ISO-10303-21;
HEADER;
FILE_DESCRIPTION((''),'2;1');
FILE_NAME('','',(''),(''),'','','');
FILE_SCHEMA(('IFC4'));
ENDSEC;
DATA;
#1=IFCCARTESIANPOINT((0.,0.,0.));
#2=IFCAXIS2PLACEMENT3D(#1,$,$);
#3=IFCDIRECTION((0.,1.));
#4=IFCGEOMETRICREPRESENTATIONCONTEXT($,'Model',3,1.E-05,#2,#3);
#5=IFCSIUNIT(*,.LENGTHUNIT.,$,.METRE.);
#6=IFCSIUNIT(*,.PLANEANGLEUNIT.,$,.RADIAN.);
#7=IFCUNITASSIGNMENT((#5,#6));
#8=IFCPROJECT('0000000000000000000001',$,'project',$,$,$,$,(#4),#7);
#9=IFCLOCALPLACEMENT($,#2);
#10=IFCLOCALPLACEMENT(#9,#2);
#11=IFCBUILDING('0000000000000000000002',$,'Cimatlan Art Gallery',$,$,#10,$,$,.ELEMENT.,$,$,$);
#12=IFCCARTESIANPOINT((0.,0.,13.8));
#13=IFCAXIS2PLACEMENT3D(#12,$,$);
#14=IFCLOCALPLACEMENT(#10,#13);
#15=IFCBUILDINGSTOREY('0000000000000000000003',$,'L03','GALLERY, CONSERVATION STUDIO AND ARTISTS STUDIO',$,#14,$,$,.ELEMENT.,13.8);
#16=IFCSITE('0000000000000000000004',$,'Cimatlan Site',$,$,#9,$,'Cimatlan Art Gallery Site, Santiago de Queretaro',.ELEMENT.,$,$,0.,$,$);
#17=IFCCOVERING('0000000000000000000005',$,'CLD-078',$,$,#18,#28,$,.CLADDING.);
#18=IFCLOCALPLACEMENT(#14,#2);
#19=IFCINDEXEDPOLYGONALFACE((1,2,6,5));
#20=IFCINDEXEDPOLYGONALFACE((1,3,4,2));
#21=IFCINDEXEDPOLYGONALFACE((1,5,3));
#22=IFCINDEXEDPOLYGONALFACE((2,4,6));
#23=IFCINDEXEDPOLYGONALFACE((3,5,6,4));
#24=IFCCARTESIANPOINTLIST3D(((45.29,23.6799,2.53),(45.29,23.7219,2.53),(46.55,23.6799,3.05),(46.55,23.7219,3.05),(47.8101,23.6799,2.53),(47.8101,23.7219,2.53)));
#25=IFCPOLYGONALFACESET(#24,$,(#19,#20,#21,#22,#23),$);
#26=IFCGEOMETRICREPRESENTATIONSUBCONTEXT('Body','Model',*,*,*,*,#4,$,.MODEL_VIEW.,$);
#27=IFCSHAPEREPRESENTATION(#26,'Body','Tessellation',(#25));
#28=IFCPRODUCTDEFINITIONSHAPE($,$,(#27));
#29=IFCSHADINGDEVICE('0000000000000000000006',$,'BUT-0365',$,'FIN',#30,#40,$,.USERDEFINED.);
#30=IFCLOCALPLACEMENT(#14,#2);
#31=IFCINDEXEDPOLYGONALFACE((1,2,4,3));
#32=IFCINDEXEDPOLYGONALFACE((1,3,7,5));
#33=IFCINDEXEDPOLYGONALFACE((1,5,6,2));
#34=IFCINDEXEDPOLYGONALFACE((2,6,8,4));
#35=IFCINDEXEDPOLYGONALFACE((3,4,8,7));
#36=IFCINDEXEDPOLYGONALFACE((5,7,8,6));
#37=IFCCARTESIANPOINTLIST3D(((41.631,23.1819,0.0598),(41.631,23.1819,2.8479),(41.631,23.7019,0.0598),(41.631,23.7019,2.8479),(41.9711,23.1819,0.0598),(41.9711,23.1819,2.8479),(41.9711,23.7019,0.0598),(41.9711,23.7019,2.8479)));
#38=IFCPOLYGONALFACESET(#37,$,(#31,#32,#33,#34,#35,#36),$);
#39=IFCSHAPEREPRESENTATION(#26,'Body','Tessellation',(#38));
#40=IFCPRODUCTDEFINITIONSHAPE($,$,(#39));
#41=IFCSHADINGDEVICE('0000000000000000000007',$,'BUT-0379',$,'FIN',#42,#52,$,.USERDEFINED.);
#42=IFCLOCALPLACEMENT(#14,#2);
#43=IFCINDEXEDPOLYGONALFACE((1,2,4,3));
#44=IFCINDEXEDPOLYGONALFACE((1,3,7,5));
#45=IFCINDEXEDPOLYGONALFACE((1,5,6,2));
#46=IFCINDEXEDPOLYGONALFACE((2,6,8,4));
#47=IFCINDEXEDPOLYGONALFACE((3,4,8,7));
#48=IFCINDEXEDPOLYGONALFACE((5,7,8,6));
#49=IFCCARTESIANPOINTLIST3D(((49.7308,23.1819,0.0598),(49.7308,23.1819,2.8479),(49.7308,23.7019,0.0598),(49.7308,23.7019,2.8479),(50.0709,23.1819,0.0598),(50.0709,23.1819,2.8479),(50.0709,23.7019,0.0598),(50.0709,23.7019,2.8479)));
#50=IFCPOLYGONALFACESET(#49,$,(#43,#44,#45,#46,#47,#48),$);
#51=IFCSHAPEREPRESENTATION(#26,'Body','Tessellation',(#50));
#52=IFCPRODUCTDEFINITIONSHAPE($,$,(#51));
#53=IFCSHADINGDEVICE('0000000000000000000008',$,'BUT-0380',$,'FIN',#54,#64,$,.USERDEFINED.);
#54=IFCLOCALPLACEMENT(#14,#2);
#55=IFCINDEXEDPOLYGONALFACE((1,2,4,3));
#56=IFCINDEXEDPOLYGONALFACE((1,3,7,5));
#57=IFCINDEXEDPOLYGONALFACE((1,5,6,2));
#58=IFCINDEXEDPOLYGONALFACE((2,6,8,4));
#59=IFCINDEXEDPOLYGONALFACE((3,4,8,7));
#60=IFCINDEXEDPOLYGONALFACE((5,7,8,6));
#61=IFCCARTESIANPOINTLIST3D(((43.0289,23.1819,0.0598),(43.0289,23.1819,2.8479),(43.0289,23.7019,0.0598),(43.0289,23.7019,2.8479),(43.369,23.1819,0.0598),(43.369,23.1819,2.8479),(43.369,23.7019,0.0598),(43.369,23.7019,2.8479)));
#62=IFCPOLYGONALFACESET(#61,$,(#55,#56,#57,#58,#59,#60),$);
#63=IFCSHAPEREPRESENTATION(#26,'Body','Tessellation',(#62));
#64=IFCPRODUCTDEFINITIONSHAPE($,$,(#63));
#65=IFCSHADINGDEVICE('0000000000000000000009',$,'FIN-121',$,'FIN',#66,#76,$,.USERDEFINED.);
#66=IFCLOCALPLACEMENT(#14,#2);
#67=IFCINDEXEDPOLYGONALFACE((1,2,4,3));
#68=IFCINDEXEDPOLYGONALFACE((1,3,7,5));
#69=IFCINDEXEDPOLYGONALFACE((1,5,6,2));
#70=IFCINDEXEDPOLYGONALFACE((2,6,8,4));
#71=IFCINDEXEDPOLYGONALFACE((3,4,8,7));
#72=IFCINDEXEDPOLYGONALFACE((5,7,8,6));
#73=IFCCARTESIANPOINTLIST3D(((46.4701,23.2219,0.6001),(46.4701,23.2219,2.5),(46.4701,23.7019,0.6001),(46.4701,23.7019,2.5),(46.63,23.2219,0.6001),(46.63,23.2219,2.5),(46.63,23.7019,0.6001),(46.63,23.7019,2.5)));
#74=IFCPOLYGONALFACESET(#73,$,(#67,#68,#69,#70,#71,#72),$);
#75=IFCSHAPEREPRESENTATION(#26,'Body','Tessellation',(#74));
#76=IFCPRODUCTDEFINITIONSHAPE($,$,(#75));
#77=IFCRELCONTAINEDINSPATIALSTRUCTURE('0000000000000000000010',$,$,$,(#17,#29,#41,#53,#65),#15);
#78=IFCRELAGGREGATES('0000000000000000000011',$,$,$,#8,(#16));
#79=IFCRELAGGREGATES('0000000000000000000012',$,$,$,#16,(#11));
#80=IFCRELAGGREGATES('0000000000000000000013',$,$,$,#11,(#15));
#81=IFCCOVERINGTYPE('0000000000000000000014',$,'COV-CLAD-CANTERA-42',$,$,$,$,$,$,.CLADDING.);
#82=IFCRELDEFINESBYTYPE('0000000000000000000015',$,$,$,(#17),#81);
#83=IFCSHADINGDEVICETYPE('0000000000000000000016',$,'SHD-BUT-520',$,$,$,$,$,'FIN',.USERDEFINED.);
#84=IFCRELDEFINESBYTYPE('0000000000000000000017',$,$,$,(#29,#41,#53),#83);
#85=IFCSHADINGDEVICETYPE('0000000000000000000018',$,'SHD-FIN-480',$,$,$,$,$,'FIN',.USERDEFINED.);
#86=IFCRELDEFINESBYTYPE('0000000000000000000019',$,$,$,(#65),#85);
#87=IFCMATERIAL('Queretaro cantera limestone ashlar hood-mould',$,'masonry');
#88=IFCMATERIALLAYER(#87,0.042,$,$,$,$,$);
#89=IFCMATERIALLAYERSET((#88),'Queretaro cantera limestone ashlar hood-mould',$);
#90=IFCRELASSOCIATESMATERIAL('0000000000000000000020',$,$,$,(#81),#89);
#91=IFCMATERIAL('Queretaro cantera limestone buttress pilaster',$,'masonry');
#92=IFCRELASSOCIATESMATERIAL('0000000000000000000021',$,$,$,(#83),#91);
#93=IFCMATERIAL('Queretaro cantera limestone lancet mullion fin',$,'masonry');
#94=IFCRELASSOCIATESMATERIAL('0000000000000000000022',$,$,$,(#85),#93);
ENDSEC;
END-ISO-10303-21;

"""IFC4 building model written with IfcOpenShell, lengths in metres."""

from ifc_helpers import new_model, si_unit, direction, frame, origin, origin_2d, place, context, subcontext, project, spatial, polyline, rectangle, outline, extrude, material, layer, layer_set, type_object, element, save


model = new_model("IFC4")

# Units and contexts
model_context = context("Model", 3, precision=1e-05, world=origin(), true_north=direction((0.0, 1.0)))
body_context = subcontext(model_context, "Body", "Model", "MODEL_VIEW")
ifc_project = project(units=[si_unit("LENGTHUNIT", "METRE"), si_unit("PLANEANGLEUNIT", "RADIAN")], contexts=[model_context])

# Site, building, storey
site_placement = place(None, origin())
site = spatial("IfcSite", under=ifc_project, at=site_placement, Name="Cimatlan Site", LongName="Cimatlan Art Gallery Site, Santiago de Queretaro", CompositionType="ELEMENT", RefElevation=0.0)
building_placement = place(site_placement, origin())
building = spatial("IfcBuilding", under=site, at=building_placement, Name="Cimatlan Art Gallery", CompositionType="ELEMENT")
storey_placement = place(building_placement, frame((0.0, 0.0, 13.8)))
storey = spatial("IfcBuildingStorey", under=building, at=storey_placement, Name="L03", Description="GALLERY, CONSERVATION STUDIO AND ARTISTS STUDIO", CompositionType="ELEMENT", Elevation=13.8)

# Covering
ifc_material_1 = material(Name="Queretaro cantera limestone ashlar hood-mould", Category="masonry")
ifc_layer_1 = layer(ifc_material_1, 0.042)
ifc_layer_set_1 = layer_set([ifc_layer_1], Name="Queretaro cantera limestone ashlar hood-mould")
covering_type = type_object("IfcCoveringType", Name="COV-CLAD-CANTERA-42", PredefinedType="CLADDING", material=ifc_layer_set_1)
covering_placement = place(storey_placement, frame((47.8101, 23.7219, 2.53), z_axis=(0.0, 1.0, 0.0), x_axis=(-1.0, 0.0, 0.0)))
element("IfcCovering", 1, at=covering_placement, inside=storey, type_object=covering_type, Name="CLD-078", PredefinedType="CLADDING", context=body_context, shape_type="SweptSolid", body=[
    extrude(outline(polyline([(0.0, 0.0), (2.52, 0.0), (1.26, 0.52), (0.0, 0.0)])), origin(), (0.0, 0.0, -1.0), 0.042),
])

# Shading devices
ifc_material_2 = material(Name="Queretaro cantera limestone buttress pilaster", Category="masonry")
shading_device_type_1 = type_object("IfcShadingDeviceType", Name="SHD-BUT-520", ElementType="FIN", PredefinedType="USERDEFINED", material=ifc_material_2)
for number, where, z_axis, x_axis, name in (
    (2, (41.801, 23.4419, 0.0598), (0.0, 0.0, 1.0), (-1.0, 0.0, 0.0), "BUT-0365"),
    (3, (49.9009, 23.4419, 0.0598), (0.0, 0.0, 1.0), (-1.0, 0.0, 0.0), "BUT-0379"),
    (4, (43.199, 23.4419, 0.0598), (0.0, 0.0, 1.0), (-1.0, 0.0, 0.0), "BUT-0380"),
):
    element("IfcShadingDevice", number, at=place(storey_placement, frame(where, z_axis=z_axis, x_axis=x_axis)), inside=storey, type_object=shading_device_type_1, Name=name, ObjectType="FIN", PredefinedType="USERDEFINED", context=body_context, shape_type="SweptSolid", body=[
        extrude(rectangle(XDim=0.3401, YDim=0.52, at=origin_2d()), origin(), (0.0, 0.0, 1.0), 2.7881),
    ])
ifc_material_3 = material(Name="Queretaro cantera limestone lancet mullion fin", Category="masonry")
shading_device_type_2 = type_object("IfcShadingDeviceType", Name="SHD-FIN-480", ElementType="FIN", PredefinedType="USERDEFINED", material=ifc_material_3)
shading_device_placement = place(storey_placement, frame((46.55, 23.4619, 0.6001), z_axis=(0.0, 0.0, 1.0), x_axis=(-1.0, 0.0, 0.0)))
element("IfcShadingDevice", 5, at=shading_device_placement, inside=storey, type_object=shading_device_type_2, Name="FIN-121", ObjectType="FIN", PredefinedType="USERDEFINED", context=body_context, shape_type="SweptSolid", body=[
    extrude(rectangle(XDim=0.1599, YDim=0.48, at=origin_2d()), origin(), (0.0, 0.0, 1.0), 1.8999),
])

save(model, "model.ifc")
